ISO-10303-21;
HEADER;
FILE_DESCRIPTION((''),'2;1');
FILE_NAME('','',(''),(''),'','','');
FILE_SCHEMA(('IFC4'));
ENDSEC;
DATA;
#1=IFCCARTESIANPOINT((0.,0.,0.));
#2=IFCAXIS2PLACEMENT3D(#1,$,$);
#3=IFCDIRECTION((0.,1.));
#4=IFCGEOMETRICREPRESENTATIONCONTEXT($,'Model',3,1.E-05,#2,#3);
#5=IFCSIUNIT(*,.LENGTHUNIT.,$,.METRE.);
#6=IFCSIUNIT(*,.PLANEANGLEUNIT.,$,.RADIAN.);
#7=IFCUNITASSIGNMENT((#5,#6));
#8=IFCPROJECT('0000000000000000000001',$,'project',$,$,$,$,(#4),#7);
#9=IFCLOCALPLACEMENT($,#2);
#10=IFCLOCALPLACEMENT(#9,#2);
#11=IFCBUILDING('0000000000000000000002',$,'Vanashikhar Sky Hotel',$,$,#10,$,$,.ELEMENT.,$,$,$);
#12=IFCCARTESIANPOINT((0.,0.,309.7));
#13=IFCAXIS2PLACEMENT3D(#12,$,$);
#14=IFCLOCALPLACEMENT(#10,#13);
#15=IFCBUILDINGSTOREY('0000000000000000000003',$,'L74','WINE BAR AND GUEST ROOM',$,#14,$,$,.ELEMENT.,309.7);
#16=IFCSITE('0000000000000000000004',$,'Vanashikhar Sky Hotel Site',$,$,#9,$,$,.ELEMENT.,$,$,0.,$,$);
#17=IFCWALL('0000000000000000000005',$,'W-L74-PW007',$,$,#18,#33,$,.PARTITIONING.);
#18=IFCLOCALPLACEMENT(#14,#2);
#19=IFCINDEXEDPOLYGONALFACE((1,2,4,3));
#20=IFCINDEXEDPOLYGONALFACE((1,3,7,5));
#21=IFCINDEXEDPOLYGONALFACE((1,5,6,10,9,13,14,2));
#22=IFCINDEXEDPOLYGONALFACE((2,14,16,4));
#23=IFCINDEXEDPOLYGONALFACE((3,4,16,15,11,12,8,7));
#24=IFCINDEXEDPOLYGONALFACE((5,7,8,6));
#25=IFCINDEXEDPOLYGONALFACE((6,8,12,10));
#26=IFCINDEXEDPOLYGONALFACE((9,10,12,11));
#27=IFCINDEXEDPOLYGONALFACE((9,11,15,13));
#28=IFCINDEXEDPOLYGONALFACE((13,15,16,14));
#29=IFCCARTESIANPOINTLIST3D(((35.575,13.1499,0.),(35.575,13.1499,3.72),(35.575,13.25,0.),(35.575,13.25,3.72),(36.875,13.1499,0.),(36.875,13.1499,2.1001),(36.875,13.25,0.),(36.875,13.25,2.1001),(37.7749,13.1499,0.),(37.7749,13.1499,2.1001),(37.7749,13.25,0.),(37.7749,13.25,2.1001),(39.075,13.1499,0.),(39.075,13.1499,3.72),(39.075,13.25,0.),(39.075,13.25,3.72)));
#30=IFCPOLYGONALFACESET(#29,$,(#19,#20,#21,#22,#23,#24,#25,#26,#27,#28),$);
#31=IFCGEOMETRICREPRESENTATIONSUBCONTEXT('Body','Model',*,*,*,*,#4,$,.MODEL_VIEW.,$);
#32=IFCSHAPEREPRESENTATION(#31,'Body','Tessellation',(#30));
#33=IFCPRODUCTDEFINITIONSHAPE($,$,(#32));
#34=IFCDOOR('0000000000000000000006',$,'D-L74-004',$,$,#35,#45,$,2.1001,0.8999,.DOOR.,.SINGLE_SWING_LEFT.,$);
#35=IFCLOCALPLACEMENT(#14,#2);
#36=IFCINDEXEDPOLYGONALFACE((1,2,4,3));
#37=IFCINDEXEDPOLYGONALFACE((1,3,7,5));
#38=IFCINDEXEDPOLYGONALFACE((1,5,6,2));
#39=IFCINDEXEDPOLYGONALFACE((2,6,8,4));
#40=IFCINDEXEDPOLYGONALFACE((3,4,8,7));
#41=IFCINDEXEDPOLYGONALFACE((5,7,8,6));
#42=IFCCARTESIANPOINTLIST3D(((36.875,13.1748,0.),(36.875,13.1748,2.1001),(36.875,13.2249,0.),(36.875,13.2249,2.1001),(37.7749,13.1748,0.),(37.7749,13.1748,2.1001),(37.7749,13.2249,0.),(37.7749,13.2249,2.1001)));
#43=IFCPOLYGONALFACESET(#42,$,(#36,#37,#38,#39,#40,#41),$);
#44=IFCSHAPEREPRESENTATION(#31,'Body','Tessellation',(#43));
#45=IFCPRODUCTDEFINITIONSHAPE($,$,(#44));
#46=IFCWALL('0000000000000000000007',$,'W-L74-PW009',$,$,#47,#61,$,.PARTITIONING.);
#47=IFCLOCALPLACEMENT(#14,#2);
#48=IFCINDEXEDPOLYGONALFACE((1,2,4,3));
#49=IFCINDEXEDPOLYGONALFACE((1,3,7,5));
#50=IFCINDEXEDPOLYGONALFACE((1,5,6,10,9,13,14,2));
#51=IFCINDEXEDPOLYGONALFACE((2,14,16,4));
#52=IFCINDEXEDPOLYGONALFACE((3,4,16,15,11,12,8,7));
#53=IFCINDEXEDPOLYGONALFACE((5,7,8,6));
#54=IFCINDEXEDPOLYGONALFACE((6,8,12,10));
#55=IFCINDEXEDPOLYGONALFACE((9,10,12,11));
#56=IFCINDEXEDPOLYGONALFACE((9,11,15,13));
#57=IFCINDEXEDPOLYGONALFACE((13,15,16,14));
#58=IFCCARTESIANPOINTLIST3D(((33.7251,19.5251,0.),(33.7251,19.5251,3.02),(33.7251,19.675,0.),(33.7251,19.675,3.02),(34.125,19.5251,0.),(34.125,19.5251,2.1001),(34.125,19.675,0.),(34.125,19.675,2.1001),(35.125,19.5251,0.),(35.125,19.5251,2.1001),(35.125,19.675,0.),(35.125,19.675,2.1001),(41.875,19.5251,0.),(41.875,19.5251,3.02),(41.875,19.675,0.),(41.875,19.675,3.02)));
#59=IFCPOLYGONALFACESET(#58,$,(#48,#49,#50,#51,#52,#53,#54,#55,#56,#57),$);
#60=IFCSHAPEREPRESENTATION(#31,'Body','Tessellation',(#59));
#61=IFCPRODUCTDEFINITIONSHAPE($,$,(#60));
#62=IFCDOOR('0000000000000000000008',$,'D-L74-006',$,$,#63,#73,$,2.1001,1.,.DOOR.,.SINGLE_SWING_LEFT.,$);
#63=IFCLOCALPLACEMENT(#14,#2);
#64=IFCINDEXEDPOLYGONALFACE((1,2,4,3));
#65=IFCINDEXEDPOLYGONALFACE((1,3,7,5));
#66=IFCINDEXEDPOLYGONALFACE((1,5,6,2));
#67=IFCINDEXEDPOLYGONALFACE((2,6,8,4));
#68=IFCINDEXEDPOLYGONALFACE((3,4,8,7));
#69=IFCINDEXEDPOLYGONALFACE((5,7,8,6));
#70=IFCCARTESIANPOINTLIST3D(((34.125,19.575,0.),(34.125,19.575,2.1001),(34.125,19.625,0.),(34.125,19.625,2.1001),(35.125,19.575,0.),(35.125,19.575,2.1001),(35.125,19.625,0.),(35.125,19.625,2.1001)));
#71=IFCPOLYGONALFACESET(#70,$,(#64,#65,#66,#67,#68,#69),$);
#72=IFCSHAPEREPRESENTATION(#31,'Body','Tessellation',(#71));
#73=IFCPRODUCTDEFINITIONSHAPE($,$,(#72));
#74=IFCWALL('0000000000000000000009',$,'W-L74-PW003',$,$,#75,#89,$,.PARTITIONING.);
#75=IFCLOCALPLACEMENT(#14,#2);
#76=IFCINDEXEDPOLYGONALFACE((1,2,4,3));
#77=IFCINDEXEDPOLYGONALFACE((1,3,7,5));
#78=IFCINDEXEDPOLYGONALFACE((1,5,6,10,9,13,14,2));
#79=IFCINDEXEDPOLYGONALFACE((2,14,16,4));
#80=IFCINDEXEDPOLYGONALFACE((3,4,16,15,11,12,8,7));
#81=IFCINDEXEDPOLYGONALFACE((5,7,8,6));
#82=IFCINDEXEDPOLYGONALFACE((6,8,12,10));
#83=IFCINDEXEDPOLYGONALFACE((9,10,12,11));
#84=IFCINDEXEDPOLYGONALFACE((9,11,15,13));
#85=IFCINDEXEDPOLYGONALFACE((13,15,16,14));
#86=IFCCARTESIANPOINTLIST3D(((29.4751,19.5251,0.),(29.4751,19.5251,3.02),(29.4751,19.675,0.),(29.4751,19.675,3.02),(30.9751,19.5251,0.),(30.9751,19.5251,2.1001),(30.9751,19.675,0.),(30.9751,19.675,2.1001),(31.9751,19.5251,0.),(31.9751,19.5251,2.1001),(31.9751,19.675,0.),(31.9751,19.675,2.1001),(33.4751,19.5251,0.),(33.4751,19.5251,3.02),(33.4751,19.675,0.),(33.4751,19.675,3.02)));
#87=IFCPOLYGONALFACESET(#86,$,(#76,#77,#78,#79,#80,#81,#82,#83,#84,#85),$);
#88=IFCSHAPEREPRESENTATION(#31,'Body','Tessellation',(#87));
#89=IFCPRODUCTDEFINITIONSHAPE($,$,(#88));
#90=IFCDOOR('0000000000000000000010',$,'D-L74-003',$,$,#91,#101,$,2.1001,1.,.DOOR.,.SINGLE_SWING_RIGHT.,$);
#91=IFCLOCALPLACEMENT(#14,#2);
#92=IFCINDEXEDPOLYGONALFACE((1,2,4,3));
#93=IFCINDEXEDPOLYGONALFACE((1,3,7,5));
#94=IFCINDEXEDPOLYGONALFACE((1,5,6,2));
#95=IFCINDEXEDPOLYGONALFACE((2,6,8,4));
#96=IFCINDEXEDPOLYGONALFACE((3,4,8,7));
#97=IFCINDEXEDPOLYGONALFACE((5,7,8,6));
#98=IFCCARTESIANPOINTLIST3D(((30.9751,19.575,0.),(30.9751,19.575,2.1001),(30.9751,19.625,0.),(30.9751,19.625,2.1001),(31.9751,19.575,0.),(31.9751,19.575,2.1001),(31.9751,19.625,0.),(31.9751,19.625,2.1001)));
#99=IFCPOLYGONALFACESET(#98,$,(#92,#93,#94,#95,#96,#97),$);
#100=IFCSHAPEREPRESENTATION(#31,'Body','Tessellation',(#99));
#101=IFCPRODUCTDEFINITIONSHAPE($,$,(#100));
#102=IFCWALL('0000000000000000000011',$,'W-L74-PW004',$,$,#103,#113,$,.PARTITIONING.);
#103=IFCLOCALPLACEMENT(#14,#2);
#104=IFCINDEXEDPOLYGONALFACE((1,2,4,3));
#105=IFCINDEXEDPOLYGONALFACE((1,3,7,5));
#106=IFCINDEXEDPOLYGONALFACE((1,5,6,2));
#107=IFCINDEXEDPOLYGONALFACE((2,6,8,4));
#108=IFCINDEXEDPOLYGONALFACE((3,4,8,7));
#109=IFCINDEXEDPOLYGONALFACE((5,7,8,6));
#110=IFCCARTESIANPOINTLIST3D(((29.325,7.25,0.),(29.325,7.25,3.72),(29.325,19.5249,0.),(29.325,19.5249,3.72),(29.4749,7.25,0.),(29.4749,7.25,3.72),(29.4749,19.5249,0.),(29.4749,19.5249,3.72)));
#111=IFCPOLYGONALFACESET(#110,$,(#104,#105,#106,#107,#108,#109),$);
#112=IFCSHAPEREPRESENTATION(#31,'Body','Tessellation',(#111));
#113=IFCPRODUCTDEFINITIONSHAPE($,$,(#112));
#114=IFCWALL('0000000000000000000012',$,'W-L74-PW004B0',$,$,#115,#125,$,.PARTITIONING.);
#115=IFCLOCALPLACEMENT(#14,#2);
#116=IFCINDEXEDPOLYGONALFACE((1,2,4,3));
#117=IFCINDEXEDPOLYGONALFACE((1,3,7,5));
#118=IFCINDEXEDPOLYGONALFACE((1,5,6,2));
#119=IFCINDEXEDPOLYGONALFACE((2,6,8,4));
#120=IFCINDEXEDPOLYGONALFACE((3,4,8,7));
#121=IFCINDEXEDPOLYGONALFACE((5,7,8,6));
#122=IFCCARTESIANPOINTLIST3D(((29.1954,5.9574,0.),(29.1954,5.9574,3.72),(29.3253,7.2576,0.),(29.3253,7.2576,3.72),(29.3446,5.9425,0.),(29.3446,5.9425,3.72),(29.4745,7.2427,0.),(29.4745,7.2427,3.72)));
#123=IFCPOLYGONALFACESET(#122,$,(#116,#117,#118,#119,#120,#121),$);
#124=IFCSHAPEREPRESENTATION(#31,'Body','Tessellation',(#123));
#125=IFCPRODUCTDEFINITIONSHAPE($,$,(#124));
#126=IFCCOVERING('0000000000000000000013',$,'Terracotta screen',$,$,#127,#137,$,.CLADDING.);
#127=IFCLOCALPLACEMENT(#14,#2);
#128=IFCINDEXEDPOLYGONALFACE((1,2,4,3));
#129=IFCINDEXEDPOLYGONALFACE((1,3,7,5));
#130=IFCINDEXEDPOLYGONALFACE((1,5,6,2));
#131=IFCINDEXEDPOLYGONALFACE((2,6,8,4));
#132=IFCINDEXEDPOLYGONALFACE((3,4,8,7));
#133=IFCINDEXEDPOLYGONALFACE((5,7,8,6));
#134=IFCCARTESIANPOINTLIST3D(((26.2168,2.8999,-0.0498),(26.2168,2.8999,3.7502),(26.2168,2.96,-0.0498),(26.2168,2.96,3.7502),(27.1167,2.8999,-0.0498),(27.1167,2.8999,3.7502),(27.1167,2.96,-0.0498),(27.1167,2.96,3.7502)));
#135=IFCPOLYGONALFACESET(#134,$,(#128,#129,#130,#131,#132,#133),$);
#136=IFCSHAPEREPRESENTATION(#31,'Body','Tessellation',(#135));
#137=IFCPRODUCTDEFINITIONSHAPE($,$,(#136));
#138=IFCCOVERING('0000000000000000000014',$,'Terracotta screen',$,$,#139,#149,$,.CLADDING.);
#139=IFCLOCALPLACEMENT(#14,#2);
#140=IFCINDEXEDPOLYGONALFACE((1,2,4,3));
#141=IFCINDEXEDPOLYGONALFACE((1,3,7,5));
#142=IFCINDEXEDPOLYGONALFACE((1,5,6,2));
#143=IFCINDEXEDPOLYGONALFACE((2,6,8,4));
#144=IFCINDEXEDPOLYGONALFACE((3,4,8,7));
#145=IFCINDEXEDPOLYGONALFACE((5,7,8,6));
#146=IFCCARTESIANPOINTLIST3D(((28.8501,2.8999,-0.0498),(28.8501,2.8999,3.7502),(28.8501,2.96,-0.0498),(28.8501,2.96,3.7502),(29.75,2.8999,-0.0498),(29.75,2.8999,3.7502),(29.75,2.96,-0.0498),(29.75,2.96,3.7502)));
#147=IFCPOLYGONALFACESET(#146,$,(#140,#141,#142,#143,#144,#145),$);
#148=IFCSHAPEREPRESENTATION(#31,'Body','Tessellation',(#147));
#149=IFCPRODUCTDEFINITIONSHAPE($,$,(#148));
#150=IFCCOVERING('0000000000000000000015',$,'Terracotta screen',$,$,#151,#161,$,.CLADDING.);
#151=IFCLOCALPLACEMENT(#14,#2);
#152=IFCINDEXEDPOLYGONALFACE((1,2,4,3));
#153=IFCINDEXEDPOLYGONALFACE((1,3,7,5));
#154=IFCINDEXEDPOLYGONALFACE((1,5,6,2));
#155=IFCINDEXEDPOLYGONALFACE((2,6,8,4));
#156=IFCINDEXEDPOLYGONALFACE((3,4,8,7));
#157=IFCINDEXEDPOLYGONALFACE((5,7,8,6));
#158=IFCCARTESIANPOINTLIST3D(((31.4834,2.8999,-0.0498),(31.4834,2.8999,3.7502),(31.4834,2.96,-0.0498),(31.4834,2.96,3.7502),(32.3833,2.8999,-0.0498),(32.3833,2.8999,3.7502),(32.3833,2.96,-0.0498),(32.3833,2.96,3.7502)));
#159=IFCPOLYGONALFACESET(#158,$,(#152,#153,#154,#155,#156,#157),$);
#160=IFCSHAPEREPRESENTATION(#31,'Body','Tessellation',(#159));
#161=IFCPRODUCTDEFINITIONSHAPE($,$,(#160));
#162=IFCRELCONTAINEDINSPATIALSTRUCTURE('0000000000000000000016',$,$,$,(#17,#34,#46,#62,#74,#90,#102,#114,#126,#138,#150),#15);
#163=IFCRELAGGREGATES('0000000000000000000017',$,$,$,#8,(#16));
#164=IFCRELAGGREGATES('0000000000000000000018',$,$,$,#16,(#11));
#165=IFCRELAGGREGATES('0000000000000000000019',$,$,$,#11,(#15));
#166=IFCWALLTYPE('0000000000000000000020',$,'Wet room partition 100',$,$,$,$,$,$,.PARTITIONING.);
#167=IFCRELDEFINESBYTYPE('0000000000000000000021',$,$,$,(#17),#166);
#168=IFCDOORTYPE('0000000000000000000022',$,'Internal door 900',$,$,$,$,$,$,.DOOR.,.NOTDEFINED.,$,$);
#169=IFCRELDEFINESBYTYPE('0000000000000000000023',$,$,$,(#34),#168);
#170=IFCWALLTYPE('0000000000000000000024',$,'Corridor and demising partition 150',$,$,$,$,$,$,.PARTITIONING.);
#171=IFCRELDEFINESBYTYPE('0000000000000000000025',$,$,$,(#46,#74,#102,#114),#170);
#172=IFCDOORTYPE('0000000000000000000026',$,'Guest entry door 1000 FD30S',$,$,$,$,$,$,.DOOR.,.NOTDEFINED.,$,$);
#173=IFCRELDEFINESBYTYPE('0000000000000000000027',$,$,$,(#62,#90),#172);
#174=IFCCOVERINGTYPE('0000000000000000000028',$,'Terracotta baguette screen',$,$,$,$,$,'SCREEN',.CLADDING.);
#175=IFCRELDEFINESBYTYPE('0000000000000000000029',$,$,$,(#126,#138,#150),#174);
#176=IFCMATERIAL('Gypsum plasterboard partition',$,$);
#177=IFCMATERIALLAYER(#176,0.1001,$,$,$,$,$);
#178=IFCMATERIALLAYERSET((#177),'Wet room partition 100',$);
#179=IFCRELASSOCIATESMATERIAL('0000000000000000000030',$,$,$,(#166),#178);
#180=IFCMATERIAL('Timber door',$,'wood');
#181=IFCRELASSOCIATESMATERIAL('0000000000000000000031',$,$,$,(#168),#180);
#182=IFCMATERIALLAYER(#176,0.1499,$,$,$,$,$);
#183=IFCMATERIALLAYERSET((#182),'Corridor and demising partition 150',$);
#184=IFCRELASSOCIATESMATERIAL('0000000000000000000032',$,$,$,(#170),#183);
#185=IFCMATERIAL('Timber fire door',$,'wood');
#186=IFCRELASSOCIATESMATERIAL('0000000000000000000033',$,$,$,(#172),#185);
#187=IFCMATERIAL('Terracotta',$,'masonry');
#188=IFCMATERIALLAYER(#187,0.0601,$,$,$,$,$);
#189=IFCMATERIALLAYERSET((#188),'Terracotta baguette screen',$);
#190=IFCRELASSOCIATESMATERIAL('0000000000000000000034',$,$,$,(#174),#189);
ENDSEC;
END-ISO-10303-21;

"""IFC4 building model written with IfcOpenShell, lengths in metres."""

from ifc_helpers import new_model, si_unit, direction, frame, frame_2d, origin, origin_2d, place, context, subcontext, project, spatial, rectangle, extrude, source, transform, mapped, material, layer, layer_set, type_object, element, fill, save


model = new_model("IFC4")

# Units and contexts
model_context = context("Model", 3, precision=1e-05, world=origin(), true_north=direction((0.0, 1.0)))
body_context = subcontext(model_context, "Body", "Model", "MODEL_VIEW")
ifc_project = project(units=[si_unit("LENGTHUNIT", "METRE"), si_unit("PLANEANGLEUNIT", "RADIAN")], contexts=[model_context])

# Site, building, storey
site_placement = place(None, origin())
site = spatial("IfcSite", under=ifc_project, at=site_placement, Name="Vanashikhar Sky Hotel Site", CompositionType="ELEMENT", RefElevation=0.0)
building_placement = place(site_placement, origin())
building = spatial("IfcBuilding", under=site, at=building_placement, Name="Vanashikhar Sky Hotel", CompositionType="ELEMENT")
storey_placement = place(building_placement, frame((0.0, 0.0, 309.7)))
storey = spatial("IfcBuildingStorey", under=building, at=storey_placement, Name="L74", Description="WINE BAR AND GUEST ROOM", CompositionType="ELEMENT", Elevation=309.7)

# Shared definitions
ifc_material_1 = material(Name="Gypsum plasterboard partition")
ifc_layer_1 = layer(ifc_material_1, 0.1001)
ifc_layer_set_1 = layer_set([ifc_layer_1], Name="Wet room partition 100")
wall_type_1 = type_object("IfcWallType", Name="Wet room partition 100", PredefinedType="PARTITIONING", material=ifc_layer_set_1)

# Walls, openings, doors
shared_shape_1 = source(origin(), body_context, "Body", "SweptSolid", [
    extrude(rectangle(XDim=3.5, YDim=0.1001, at=frame_2d((1.75, 0.0))), origin(), (0.0, 0.0, 1.0), 3.72),
])
wall_1_placement = place(storey_placement, frame((35.575, 13.2, 0.0), z_axis=(0.0, 0.0, 1.0), x_axis=(1.0, 0.0, 0.0)))
wall_1 = element("IfcWall", 1, at=wall_1_placement, inside=storey, type_object=wall_type_1, Name="W-L74-PW007", PredefinedType="PARTITIONING", context=body_context, shape_type="MappedRepresentation", body=[
    mapped(shared_shape_1, transform((0.0, 0.0, 0.0), scale=1.0)),
])
shared_shape_2 = source(origin(), body_context, "Body", "SweptSolid", [
    extrude(rectangle(XDim=0.8999, YDim=2.1001, at=frame_2d((0.45, 1.05))), frame((0.0, 0.0601, 0.0), z_axis=(0.0, -1.0, 0.0), x_axis=(1.0, 0.0, 0.0)), (0.0, 0.0, 1.0), 0.1201),
])
opening_1_placement = place(wall_1_placement, frame((1.3, 0.0, 0.0)))
opening_1 = element("IfcOpeningElement", 2, at=opening_1_placement, cuts=wall_1, PredefinedType="OPENING", context=body_context, shape_type="MappedRepresentation", body=[
    mapped(shared_shape_2, transform((0.0, 0.0, 0.0), scale=1.0)),
])
ifc_material_2 = material(Name="Timber door", Category="wood")
door_type_1 = type_object("IfcDoorType", Name="Internal door 900", OperationType="NOTDEFINED", PredefinedType="DOOR", material=ifc_material_2)
shared_shape_3 = source(origin(), body_context, "Body", "SweptSolid", [
    extrude(rectangle(XDim=0.8999, YDim=2.1001, at=frame_2d((0.45, 1.05))), frame((0.0, 0.0249, 0.0), z_axis=(0.0, -1.0, 0.0), x_axis=(1.0, 0.0, 0.0)), (0.0, 0.0, 1.0), 0.05),
])
door_1_placement = place(opening_1_placement, origin())
door_1 = element("IfcDoor", 3, at=door_1_placement, inside=storey, type_object=door_type_1, Name="D-L74-004", OperationType="SINGLE_SWING_LEFT", OverallHeight=2.1001, OverallWidth=0.8999, PredefinedType="DOOR", context=body_context, shape_type="MappedRepresentation", body=[
    mapped(shared_shape_3, transform((0.0, 0.0, 0.0), scale=1.0)),
])
fill(opening_1, door_1)
ifc_layer_2 = layer(ifc_material_1, 0.1499)
ifc_layer_set_2 = layer_set([ifc_layer_2], Name="Corridor and demising partition 150")
wall_type_2 = type_object("IfcWallType", Name="Corridor and demising partition 150", PredefinedType="PARTITIONING", material=ifc_layer_set_2)
shared_shape_4 = source(origin(), body_context, "Body", "SweptSolid", [
    extrude(rectangle(XDim=8.1499, YDim=0.1499, at=frame_2d((4.075, 0.0))), origin(), (0.0, 0.0, 1.0), 3.02),
])
wall_2_placement = place(storey_placement, frame((33.7251, 19.6001, 0.0), z_axis=(0.0, 0.0, 1.0), x_axis=(1.0, 0.0, 0.0)))
wall_2 = element("IfcWall", 4, at=wall_2_placement, inside=storey, type_object=wall_type_2, Name="W-L74-PW009", PredefinedType="PARTITIONING", context=body_context, shape_type="MappedRepresentation", body=[
    mapped(shared_shape_4, transform((0.0, 0.0, 0.0), scale=1.0)),
])
shared_shape_5 = source(origin(), body_context, "Body", "SweptSolid", [
    extrude(rectangle(XDim=1.0, YDim=2.1001, at=frame_2d((0.5, 1.05))), frame((0.0, 0.085, 0.0), z_axis=(0.0, -1.0, 0.0), x_axis=(1.0, 0.0, 0.0)), (0.0, 0.0, 1.0), 0.1699),
])
opening_2_placement = place(wall_2_placement, frame((0.3999, 0.0, 0.0)))
opening_2 = element("IfcOpeningElement", 5, at=opening_2_placement, cuts=wall_2, PredefinedType="OPENING", context=body_context, shape_type="MappedRepresentation", body=[
    mapped(shared_shape_5, transform((0.0, 0.0, 0.0), scale=1.0)),
])
ifc_material_3 = material(Name="Timber fire door", Category="wood")
door_type_2 = type_object("IfcDoorType", Name="Guest entry door 1000 FD30S", OperationType="NOTDEFINED", PredefinedType="DOOR", material=ifc_material_3)
shared_shape_6 = source(origin(), body_context, "Body", "SweptSolid", [
    extrude(rectangle(XDim=1.0, YDim=2.1001, at=frame_2d((0.5, 1.05))), frame((0.0, 0.0249, 0.0), z_axis=(0.0, -1.0, 0.0), x_axis=(1.0, 0.0, 0.0)), (0.0, 0.0, 1.0), 0.05),
])
door_2_placement = place(opening_2_placement, origin())
door_2 = element("IfcDoor", 6, at=door_2_placement, inside=storey, type_object=door_type_2, Name="D-L74-006", OperationType="SINGLE_SWING_LEFT", OverallHeight=2.1001, OverallWidth=1.0, PredefinedType="DOOR", context=body_context, shape_type="MappedRepresentation", body=[
    mapped(shared_shape_6, transform((0.0, 0.0, 0.0), scale=1.0)),
])
fill(opening_2, door_2)
shared_shape_7 = source(origin(), body_context, "Body", "SweptSolid", [
    extrude(rectangle(XDim=4.0, YDim=0.1499, at=frame_2d((2.0, 0.0))), origin(), (0.0, 0.0, 1.0), 3.02),
])
wall_3_placement = place(storey_placement, frame((29.4751, 19.6001, 0.0), z_axis=(0.0, 0.0, 1.0), x_axis=(1.0, 0.0, 0.0)))
wall_3 = element("IfcWall", 7, at=wall_3_placement, inside=storey, type_object=wall_type_2, Name="W-L74-PW003", PredefinedType="PARTITIONING", context=body_context, shape_type="MappedRepresentation", body=[
    mapped(shared_shape_7, transform((0.0, 0.0, 0.0), scale=1.0)),
])
opening_3_placement = place(wall_3_placement, frame((1.5, 0.0, 0.0)))
opening_3 = element("IfcOpeningElement", 8, at=opening_3_placement, cuts=wall_3, PredefinedType="OPENING", context=body_context, shape_type="MappedRepresentation", body=[
    mapped(shared_shape_5, transform((0.0, 0.0, 0.0), scale=1.0)),
])
door_3_placement = place(opening_3_placement, origin())
door_3 = element("IfcDoor", 9, at=door_3_placement, inside=storey, type_object=door_type_2, Name="D-L74-003", OperationType="SINGLE_SWING_RIGHT", OverallHeight=2.1001, OverallWidth=1.0, PredefinedType="DOOR", context=body_context, shape_type="MappedRepresentation", body=[
    mapped(shared_shape_6, transform((0.0, 0.0, 0.0), scale=1.0)),
])
fill(opening_3, door_3)

# Walls
shared_shape_8 = source(origin(), body_context, "Body", "SweptSolid", [
    extrude(rectangle(XDim=12.2749, YDim=0.1499, at=frame_2d((6.1375, 0.0))), origin(), (0.0, 0.0, 1.0), 3.72),
])
wall_4_placement = place(storey_placement, frame((29.3999, 7.25, 0.0), z_axis=(0.0, 0.0, 1.0), x_axis=(0.0, 1.0, 0.0)))
element("IfcWall", 10, at=wall_4_placement, inside=storey, type_object=wall_type_2, Name="W-L74-PW004", PredefinedType="PARTITIONING", context=body_context, shape_type="MappedRepresentation", body=[
    mapped(shared_shape_8, transform((0.0, 0.0, 0.0), scale=1.0)),
])
shared_shape_9 = source(origin(), body_context, "Body", "SweptSolid", [
    extrude(rectangle(XDim=1.3066, YDim=0.1499, at=frame_2d((0.6533, 0.0))), origin(), (0.0, 0.0, 1.0), 3.72),
])
wall_5_placement = place(storey_placement, frame((29.27, 5.95, 0.0), z_axis=(0.0, 0.0, 1.0), x_axis=(0.099411, 0.995046, 0.0)))
element("IfcWall", 11, at=wall_5_placement, inside=storey, type_object=wall_type_2, Name="W-L74-PW004B0", PredefinedType="PARTITIONING", context=body_context, shape_type="MappedRepresentation", body=[
    mapped(shared_shape_9, transform((0.0, 0.0, 0.0), scale=1.0)),
])

# Coverings
ifc_material_4 = material(Name="Terracotta", Category="masonry")
ifc_layer_3 = layer(ifc_material_4, 0.0601)
ifc_layer_set_3 = layer_set([ifc_layer_3], Name="Terracotta baguette screen")
covering_type_1 = type_object("IfcCoveringType", Name="Terracotta baguette screen", ElementType="SCREEN", PredefinedType="CLADDING", material=ifc_layer_set_3)
shared_shape_10 = source(origin(), body_context, "Body", "SweptSolid", [
    extrude(rectangle(XDim=0.8999, YDim=0.0601, at=origin_2d()), origin(), (0.0, 0.0, 1.0), 3.8),
])
for number, where, z_axis, x_axis, name in (
    (12, (26.6667, 2.9299, -0.0498), (0.0, 0.0, 1.0), (1.0, 0.0, 0.0), "Terracotta screen"),
    (13, (29.3, 2.9299, -0.0498), (0.0, 0.0, 1.0), (1.0, 0.0, 0.0), "Terracotta screen"),
    (14, (31.9333, 2.9299, -0.0498), (0.0, 0.0, 1.0), (1.0, 0.0, 0.0), "Terracotta screen"),
):
    element("IfcCovering", number, at=place(storey_placement, frame(where, z_axis=z_axis, x_axis=x_axis)), inside=storey, type_object=covering_type_1, Name=name, PredefinedType="CLADDING", context=body_context, shape_type="MappedRepresentation", body=[
        mapped(shared_shape_10, transform((0.0, 0.0, 0.0), scale=1.0)),
    ])

save(model, "model.ifc")
